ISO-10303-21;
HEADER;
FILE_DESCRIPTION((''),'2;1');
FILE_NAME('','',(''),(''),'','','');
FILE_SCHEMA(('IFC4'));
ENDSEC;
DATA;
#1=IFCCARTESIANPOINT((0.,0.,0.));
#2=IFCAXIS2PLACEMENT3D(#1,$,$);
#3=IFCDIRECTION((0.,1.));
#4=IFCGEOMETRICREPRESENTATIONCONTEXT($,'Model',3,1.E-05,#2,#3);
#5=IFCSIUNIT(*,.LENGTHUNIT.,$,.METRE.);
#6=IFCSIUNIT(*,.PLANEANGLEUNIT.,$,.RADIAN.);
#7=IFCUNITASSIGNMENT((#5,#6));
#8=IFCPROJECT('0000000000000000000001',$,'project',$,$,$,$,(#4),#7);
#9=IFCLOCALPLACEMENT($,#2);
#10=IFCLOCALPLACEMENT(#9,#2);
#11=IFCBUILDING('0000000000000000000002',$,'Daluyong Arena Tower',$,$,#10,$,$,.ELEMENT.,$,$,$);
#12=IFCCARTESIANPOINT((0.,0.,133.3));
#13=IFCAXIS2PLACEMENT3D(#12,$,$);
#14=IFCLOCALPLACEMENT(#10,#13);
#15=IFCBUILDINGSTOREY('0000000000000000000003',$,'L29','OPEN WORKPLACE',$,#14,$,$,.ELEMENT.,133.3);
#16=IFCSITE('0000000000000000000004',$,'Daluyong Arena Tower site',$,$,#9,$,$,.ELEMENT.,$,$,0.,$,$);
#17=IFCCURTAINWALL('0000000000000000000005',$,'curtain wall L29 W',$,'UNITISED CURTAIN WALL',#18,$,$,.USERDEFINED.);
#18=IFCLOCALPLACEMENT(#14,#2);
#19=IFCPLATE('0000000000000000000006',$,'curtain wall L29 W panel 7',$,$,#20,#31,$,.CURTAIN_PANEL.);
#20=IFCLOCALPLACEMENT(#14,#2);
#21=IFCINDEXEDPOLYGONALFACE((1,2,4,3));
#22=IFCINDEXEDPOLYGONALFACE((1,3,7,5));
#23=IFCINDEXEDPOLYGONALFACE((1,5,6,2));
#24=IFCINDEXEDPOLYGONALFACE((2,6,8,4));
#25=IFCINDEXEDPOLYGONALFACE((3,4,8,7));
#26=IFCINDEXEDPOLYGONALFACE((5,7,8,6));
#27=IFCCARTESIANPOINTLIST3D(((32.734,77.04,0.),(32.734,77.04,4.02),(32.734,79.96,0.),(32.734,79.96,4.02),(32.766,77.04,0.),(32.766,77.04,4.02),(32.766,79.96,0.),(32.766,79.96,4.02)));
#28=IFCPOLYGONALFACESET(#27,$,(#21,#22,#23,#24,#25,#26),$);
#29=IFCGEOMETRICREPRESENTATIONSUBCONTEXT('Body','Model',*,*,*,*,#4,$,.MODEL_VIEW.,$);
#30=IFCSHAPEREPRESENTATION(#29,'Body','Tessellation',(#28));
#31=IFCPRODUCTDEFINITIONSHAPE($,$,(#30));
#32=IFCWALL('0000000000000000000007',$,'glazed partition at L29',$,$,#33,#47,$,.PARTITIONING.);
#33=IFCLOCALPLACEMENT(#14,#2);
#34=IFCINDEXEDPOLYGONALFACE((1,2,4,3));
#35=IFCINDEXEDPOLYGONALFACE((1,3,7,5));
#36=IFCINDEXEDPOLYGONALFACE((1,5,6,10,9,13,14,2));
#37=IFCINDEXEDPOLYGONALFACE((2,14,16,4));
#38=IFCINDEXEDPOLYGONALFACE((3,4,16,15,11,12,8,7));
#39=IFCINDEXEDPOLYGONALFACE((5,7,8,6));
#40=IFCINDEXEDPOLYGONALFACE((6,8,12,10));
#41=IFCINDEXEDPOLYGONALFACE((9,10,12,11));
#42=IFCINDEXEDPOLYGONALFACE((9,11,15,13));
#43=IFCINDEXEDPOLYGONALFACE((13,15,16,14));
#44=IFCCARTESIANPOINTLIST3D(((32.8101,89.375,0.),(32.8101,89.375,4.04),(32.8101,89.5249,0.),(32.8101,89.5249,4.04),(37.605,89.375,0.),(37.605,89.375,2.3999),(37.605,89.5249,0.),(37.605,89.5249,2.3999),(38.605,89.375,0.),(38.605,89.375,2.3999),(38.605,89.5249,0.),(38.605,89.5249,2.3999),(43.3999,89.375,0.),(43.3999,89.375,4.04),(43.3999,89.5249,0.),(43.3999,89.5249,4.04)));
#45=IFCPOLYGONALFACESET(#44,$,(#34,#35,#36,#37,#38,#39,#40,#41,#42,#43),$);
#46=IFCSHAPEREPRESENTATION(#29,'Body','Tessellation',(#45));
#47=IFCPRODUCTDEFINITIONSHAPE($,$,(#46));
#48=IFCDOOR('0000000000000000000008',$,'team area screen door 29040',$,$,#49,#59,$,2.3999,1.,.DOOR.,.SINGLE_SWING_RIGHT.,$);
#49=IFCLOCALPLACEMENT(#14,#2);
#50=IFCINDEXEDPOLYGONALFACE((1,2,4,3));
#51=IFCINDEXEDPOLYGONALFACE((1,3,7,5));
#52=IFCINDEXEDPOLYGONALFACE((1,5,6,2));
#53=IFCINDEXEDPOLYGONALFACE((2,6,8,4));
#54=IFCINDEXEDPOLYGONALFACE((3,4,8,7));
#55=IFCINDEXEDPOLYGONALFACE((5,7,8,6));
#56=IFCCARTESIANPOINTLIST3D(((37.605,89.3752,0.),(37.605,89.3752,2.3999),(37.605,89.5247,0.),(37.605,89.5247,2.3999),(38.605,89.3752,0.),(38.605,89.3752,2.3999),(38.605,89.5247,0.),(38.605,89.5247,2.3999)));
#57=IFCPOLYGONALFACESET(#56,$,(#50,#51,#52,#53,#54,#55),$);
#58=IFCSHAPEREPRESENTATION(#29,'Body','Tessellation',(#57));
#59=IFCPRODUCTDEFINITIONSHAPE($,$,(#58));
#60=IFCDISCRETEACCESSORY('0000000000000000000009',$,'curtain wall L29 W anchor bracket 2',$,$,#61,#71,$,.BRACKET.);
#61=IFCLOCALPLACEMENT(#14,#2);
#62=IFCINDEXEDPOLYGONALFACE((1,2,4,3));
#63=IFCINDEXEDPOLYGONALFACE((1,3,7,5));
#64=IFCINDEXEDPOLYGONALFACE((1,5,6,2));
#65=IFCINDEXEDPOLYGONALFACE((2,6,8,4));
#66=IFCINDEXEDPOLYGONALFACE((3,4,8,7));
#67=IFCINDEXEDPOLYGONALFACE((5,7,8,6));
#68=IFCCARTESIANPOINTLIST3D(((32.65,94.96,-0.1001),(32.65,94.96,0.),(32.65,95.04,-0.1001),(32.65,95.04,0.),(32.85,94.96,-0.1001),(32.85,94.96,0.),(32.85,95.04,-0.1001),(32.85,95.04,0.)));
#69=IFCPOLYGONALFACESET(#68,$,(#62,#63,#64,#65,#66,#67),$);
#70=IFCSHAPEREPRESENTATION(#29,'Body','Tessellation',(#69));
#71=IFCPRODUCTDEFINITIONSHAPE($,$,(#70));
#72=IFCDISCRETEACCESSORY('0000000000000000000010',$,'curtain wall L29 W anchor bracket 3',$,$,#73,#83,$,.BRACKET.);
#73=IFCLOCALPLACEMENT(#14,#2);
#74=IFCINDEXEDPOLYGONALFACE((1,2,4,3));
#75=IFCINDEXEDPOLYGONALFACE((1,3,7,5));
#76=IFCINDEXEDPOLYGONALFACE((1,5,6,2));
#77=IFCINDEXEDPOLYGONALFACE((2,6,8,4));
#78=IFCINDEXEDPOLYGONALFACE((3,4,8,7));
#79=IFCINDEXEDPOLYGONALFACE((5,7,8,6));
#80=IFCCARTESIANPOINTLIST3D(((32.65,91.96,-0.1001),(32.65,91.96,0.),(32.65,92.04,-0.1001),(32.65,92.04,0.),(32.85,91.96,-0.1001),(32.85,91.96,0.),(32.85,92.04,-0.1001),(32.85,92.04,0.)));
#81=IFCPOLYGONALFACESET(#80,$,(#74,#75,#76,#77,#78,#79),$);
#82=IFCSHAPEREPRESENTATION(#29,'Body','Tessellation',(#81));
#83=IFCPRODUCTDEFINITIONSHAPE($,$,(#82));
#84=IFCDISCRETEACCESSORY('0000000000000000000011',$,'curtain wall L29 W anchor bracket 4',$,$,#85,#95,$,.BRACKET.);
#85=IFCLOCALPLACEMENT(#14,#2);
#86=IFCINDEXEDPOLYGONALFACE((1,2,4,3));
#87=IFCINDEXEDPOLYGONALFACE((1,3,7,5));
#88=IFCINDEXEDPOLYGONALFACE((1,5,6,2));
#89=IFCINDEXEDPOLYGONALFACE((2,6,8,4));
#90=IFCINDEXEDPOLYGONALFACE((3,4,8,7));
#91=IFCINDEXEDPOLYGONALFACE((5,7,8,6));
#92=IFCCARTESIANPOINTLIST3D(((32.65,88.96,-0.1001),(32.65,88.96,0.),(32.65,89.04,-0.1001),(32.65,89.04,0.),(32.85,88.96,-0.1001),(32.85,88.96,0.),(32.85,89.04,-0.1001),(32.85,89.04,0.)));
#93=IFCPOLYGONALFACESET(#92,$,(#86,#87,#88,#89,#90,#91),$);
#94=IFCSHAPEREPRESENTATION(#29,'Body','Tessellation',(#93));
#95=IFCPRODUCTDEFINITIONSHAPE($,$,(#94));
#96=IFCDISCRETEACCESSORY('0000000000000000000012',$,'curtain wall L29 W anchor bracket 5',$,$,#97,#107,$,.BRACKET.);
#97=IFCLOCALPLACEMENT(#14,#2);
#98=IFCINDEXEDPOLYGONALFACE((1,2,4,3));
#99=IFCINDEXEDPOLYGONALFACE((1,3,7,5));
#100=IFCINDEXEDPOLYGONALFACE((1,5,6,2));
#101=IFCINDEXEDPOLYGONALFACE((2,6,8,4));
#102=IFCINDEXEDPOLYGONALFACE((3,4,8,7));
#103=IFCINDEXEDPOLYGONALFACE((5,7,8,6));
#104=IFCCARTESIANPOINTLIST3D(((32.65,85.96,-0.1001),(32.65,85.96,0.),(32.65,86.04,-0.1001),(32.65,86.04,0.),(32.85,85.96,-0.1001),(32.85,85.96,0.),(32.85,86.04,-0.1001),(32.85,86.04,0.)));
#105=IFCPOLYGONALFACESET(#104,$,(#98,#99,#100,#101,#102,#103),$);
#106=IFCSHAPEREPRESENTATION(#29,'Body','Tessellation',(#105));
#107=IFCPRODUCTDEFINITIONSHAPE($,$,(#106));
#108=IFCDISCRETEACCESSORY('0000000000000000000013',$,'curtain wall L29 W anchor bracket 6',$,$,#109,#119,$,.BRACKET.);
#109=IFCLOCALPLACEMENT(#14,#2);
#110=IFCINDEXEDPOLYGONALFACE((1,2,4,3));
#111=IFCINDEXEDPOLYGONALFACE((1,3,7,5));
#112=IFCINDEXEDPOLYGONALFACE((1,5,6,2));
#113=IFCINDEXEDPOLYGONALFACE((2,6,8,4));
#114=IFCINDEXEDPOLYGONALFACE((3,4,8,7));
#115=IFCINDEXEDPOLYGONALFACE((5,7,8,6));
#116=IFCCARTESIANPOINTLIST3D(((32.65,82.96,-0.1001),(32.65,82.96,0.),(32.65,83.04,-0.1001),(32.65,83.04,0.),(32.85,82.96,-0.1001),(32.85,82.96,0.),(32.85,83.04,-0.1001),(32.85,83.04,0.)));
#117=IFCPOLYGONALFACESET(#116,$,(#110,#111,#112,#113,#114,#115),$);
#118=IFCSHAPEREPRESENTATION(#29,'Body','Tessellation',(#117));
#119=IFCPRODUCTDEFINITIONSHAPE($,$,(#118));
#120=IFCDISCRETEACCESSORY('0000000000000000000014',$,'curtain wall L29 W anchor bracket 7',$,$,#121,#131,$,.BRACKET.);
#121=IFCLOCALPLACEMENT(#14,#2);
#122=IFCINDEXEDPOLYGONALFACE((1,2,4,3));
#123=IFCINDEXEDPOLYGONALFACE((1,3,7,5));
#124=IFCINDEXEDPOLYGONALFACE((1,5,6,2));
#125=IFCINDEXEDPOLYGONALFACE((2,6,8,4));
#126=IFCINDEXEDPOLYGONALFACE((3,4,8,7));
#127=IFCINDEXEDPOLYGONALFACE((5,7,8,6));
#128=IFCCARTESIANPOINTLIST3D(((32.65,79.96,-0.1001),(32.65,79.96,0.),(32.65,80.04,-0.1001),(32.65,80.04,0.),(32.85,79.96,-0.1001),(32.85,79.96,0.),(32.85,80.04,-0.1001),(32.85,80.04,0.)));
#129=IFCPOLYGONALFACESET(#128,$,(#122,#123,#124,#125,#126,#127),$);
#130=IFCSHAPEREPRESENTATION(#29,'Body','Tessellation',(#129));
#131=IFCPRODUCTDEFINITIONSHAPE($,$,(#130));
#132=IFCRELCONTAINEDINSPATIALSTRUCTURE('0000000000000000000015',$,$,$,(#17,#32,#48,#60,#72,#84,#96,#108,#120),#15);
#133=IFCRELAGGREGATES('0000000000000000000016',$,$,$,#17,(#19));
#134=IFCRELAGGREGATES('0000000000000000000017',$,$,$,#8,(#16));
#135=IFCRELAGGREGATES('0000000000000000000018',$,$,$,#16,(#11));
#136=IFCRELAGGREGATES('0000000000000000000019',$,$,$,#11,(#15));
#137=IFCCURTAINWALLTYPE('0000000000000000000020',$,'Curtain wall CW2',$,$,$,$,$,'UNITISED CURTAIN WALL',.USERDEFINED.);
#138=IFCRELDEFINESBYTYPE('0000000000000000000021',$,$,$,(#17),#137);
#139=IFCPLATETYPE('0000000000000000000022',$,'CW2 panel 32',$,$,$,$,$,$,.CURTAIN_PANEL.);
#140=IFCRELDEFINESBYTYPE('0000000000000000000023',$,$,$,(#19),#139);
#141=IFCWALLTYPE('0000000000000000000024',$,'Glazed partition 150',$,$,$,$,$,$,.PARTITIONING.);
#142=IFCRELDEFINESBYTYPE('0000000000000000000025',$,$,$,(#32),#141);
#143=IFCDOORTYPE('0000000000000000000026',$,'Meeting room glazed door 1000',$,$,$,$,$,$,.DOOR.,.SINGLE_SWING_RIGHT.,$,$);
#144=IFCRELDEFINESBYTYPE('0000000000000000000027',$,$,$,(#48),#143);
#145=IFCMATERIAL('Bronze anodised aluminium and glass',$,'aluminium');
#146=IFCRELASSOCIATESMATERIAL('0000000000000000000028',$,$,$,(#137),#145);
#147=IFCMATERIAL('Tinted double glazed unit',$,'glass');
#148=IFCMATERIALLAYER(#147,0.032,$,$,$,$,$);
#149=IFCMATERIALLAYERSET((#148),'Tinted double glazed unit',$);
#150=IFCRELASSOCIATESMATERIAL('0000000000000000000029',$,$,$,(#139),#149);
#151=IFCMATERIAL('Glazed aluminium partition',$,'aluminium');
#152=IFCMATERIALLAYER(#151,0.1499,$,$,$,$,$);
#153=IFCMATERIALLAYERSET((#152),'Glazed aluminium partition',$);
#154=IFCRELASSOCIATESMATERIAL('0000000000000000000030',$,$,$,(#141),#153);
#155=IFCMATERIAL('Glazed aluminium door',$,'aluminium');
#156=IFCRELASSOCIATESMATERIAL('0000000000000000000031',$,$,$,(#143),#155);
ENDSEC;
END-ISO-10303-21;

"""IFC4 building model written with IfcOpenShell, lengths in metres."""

from ifc_helpers import new_model, si_unit, direction, frame, frame_2d, origin, origin_2d, place, context, subcontext, project, spatial, rectangle, extrude, material, layer, layer_set, type_object, element, fill, aggregate, save


model = new_model("IFC4")

# Units and contexts
model_context = context("Model", 3, precision=1e-05, world=origin(), true_north=direction((0.0, 1.0)))
body_context = subcontext(model_context, "Body", "Model", "MODEL_VIEW")
ifc_project = project(units=[si_unit("LENGTHUNIT", "METRE"), si_unit("PLANEANGLEUNIT", "RADIAN")], contexts=[model_context])

# Site, building, storey
site_placement = place(None, origin())
site = spatial("IfcSite", under=ifc_project, at=site_placement, Name="Daluyong Arena Tower site", CompositionType="ELEMENT", RefElevation=0.0)
building_placement = place(site_placement, origin())
building = spatial("IfcBuilding", under=site, at=building_placement, Name="Daluyong Arena Tower", CompositionType="ELEMENT")
storey_placement = place(building_placement, frame((0.0, 0.0, 133.3)))
storey = spatial("IfcBuildingStorey", under=building, at=storey_placement, Name="L29", Description="OPEN WORKPLACE", CompositionType="ELEMENT", Elevation=133.3)

# Curtain wall
ifc_material_1 = material(Name="Bronze anodised aluminium and glass", Category="aluminium")
curtain_wall_type = type_object("IfcCurtainWallType", Name="Curtain wall CW2", ElementType="UNITISED CURTAIN WALL", PredefinedType="USERDEFINED", material=ifc_material_1)
curtain_wall_placement = place(storey_placement, origin())
curtain_wall = element("IfcCurtainWall", 1, at=curtain_wall_placement, inside=storey, type_object=curtain_wall_type, Name="curtain wall L29 W", ObjectType="UNITISED CURTAIN WALL", PredefinedType="USERDEFINED")

# Plate
ifc_material_2 = material(Name="Tinted double glazed unit", Category="glass")
ifc_layer_1 = layer(ifc_material_2, 0.032)
ifc_layer_set_1 = layer_set([ifc_layer_1], Name="Tinted double glazed unit")
plate_type = type_object("IfcPlateType", Name="CW2 panel 32", PredefinedType="CURTAIN_PANEL", material=ifc_layer_set_1)
plate_1_placement = place(storey_placement, frame((32.75, 78.5, 0.0), z_axis=(0.0, 0.0, 1.0), x_axis=(0.0, -1.0, 0.0)))
plate_1 = element("IfcPlate", 2, at=plate_1_placement, type_object=plate_type, Name="curtain wall L29 W panel 7", PredefinedType="CURTAIN_PANEL", context=body_context, shape_type="SweptSolid", body=[
    extrude(rectangle(XDim=2.9199, YDim=0.032, at=origin_2d()), origin(), (0.0, 0.0, 1.0), 4.02),
])
aggregate(curtain_wall, [plate_1])

# Wall, opening, door
ifc_material_3 = material(Name="Glazed aluminium partition", Category="aluminium")
ifc_layer_2 = layer(ifc_material_3, 0.1499)
ifc_layer_set_2 = layer_set([ifc_layer_2], Name="Glazed aluminium partition")
wall_type = type_object("IfcWallType", Name="Glazed partition 150", PredefinedType="PARTITIONING", material=ifc_layer_set_2)
wall_placement = place(storey_placement, frame((32.8101, 89.45, 0.0), z_axis=(0.0, 0.0, 1.0), x_axis=(1.0, 0.0, 0.0)))
wall = element("IfcWall", 3, at=wall_placement, inside=storey, type_object=wall_type, Name="glazed partition at L29", PredefinedType="PARTITIONING", context=body_context, shape_type="SweptSolid", body=[
    extrude(rectangle(XDim=10.5898, YDim=0.1499, at=frame_2d((5.2949, 0.0))), origin(), (0.0, 0.0, 1.0), 4.04),
])
opening_placement = place(wall_placement, frame((4.7949, 0.0, 0.0)))
opening = element("IfcOpeningElement", 4, at=opening_placement, cuts=wall, PredefinedType="OPENING", context=body_context, shape_type="SweptSolid", body=[
    extrude(rectangle(XDim=1.0, YDim=2.3999, at=frame_2d((0.5, 1.2))), frame((0.0, 0.085, 0.0), z_axis=(0.0, -1.0, 0.0), x_axis=(1.0, 0.0, 0.0)), (0.0, 0.0, 1.0), 0.1699),
])
ifc_material_4 = material(Name="Glazed aluminium door", Category="aluminium")
door_type = type_object("IfcDoorType", Name="Meeting room glazed door 1000", OperationType="SINGLE_SWING_RIGHT", PredefinedType="DOOR", material=ifc_material_4)
door_placement = place(opening_placement, origin())
door = element("IfcDoor", 5, at=door_placement, inside=storey, type_object=door_type, Name="team area screen door 29040", OperationType="SINGLE_SWING_RIGHT", OverallHeight=2.3999, OverallWidth=1.0, PredefinedType="DOOR", context=body_context, shape_type="SweptSolid", body=[
    extrude(rectangle(XDim=1.0, YDim=2.3999, at=frame_2d((0.5, 1.2))), frame((0.0, 0.0747, 0.0), z_axis=(0.0, -1.0, 0.0), x_axis=(1.0, 0.0, 0.0)), (0.0, 0.0, 1.0), 0.1494),
])
fill(opening, door)

# Discrete accessories
for number, where, z_axis, x_axis, name in (
    (6, (32.75, 95.0, -0.1001), (0.0, 0.0, 1.0), (0.0, -1.0, 0.0), "curtain wall L29 W anchor bracket 2"),
    (7, (32.75, 92.0, -0.1001), (0.0, 0.0, 1.0), (0.0, -1.0, 0.0), "curtain wall L29 W anchor bracket 3"),
    (8, (32.75, 89.0, -0.1001), (0.0, 0.0, 1.0), (0.0, -1.0, 0.0), "curtain wall L29 W anchor bracket 4"),
    (9, (32.75, 86.0, -0.1001), (0.0, 0.0, 1.0), (0.0, -1.0, 0.0), "curtain wall L29 W anchor bracket 5"),
    (10, (32.75, 83.0, -0.1001), (0.0, 0.0, 1.0), (0.0, -1.0, 0.0), "curtain wall L29 W anchor bracket 6"),
    (11, (32.75, 80.0, -0.1001), (0.0, 0.0, 1.0), (0.0, -1.0, 0.0), "curtain wall L29 W anchor bracket 7"),
):
    element("IfcDiscreteAccessory", number, at=place(storey_placement, frame(where, z_axis=z_axis, x_axis=x_axis)), inside=storey, Name=name, PredefinedType="BRACKET", context=body_context, shape_type="SweptSolid", body=[
        extrude(rectangle(XDim=0.0801, YDim=0.2, at=origin_2d()), origin(), (0.0, 0.0, 1.0), 0.1001),
    ])

save(model, "model.ifc")
